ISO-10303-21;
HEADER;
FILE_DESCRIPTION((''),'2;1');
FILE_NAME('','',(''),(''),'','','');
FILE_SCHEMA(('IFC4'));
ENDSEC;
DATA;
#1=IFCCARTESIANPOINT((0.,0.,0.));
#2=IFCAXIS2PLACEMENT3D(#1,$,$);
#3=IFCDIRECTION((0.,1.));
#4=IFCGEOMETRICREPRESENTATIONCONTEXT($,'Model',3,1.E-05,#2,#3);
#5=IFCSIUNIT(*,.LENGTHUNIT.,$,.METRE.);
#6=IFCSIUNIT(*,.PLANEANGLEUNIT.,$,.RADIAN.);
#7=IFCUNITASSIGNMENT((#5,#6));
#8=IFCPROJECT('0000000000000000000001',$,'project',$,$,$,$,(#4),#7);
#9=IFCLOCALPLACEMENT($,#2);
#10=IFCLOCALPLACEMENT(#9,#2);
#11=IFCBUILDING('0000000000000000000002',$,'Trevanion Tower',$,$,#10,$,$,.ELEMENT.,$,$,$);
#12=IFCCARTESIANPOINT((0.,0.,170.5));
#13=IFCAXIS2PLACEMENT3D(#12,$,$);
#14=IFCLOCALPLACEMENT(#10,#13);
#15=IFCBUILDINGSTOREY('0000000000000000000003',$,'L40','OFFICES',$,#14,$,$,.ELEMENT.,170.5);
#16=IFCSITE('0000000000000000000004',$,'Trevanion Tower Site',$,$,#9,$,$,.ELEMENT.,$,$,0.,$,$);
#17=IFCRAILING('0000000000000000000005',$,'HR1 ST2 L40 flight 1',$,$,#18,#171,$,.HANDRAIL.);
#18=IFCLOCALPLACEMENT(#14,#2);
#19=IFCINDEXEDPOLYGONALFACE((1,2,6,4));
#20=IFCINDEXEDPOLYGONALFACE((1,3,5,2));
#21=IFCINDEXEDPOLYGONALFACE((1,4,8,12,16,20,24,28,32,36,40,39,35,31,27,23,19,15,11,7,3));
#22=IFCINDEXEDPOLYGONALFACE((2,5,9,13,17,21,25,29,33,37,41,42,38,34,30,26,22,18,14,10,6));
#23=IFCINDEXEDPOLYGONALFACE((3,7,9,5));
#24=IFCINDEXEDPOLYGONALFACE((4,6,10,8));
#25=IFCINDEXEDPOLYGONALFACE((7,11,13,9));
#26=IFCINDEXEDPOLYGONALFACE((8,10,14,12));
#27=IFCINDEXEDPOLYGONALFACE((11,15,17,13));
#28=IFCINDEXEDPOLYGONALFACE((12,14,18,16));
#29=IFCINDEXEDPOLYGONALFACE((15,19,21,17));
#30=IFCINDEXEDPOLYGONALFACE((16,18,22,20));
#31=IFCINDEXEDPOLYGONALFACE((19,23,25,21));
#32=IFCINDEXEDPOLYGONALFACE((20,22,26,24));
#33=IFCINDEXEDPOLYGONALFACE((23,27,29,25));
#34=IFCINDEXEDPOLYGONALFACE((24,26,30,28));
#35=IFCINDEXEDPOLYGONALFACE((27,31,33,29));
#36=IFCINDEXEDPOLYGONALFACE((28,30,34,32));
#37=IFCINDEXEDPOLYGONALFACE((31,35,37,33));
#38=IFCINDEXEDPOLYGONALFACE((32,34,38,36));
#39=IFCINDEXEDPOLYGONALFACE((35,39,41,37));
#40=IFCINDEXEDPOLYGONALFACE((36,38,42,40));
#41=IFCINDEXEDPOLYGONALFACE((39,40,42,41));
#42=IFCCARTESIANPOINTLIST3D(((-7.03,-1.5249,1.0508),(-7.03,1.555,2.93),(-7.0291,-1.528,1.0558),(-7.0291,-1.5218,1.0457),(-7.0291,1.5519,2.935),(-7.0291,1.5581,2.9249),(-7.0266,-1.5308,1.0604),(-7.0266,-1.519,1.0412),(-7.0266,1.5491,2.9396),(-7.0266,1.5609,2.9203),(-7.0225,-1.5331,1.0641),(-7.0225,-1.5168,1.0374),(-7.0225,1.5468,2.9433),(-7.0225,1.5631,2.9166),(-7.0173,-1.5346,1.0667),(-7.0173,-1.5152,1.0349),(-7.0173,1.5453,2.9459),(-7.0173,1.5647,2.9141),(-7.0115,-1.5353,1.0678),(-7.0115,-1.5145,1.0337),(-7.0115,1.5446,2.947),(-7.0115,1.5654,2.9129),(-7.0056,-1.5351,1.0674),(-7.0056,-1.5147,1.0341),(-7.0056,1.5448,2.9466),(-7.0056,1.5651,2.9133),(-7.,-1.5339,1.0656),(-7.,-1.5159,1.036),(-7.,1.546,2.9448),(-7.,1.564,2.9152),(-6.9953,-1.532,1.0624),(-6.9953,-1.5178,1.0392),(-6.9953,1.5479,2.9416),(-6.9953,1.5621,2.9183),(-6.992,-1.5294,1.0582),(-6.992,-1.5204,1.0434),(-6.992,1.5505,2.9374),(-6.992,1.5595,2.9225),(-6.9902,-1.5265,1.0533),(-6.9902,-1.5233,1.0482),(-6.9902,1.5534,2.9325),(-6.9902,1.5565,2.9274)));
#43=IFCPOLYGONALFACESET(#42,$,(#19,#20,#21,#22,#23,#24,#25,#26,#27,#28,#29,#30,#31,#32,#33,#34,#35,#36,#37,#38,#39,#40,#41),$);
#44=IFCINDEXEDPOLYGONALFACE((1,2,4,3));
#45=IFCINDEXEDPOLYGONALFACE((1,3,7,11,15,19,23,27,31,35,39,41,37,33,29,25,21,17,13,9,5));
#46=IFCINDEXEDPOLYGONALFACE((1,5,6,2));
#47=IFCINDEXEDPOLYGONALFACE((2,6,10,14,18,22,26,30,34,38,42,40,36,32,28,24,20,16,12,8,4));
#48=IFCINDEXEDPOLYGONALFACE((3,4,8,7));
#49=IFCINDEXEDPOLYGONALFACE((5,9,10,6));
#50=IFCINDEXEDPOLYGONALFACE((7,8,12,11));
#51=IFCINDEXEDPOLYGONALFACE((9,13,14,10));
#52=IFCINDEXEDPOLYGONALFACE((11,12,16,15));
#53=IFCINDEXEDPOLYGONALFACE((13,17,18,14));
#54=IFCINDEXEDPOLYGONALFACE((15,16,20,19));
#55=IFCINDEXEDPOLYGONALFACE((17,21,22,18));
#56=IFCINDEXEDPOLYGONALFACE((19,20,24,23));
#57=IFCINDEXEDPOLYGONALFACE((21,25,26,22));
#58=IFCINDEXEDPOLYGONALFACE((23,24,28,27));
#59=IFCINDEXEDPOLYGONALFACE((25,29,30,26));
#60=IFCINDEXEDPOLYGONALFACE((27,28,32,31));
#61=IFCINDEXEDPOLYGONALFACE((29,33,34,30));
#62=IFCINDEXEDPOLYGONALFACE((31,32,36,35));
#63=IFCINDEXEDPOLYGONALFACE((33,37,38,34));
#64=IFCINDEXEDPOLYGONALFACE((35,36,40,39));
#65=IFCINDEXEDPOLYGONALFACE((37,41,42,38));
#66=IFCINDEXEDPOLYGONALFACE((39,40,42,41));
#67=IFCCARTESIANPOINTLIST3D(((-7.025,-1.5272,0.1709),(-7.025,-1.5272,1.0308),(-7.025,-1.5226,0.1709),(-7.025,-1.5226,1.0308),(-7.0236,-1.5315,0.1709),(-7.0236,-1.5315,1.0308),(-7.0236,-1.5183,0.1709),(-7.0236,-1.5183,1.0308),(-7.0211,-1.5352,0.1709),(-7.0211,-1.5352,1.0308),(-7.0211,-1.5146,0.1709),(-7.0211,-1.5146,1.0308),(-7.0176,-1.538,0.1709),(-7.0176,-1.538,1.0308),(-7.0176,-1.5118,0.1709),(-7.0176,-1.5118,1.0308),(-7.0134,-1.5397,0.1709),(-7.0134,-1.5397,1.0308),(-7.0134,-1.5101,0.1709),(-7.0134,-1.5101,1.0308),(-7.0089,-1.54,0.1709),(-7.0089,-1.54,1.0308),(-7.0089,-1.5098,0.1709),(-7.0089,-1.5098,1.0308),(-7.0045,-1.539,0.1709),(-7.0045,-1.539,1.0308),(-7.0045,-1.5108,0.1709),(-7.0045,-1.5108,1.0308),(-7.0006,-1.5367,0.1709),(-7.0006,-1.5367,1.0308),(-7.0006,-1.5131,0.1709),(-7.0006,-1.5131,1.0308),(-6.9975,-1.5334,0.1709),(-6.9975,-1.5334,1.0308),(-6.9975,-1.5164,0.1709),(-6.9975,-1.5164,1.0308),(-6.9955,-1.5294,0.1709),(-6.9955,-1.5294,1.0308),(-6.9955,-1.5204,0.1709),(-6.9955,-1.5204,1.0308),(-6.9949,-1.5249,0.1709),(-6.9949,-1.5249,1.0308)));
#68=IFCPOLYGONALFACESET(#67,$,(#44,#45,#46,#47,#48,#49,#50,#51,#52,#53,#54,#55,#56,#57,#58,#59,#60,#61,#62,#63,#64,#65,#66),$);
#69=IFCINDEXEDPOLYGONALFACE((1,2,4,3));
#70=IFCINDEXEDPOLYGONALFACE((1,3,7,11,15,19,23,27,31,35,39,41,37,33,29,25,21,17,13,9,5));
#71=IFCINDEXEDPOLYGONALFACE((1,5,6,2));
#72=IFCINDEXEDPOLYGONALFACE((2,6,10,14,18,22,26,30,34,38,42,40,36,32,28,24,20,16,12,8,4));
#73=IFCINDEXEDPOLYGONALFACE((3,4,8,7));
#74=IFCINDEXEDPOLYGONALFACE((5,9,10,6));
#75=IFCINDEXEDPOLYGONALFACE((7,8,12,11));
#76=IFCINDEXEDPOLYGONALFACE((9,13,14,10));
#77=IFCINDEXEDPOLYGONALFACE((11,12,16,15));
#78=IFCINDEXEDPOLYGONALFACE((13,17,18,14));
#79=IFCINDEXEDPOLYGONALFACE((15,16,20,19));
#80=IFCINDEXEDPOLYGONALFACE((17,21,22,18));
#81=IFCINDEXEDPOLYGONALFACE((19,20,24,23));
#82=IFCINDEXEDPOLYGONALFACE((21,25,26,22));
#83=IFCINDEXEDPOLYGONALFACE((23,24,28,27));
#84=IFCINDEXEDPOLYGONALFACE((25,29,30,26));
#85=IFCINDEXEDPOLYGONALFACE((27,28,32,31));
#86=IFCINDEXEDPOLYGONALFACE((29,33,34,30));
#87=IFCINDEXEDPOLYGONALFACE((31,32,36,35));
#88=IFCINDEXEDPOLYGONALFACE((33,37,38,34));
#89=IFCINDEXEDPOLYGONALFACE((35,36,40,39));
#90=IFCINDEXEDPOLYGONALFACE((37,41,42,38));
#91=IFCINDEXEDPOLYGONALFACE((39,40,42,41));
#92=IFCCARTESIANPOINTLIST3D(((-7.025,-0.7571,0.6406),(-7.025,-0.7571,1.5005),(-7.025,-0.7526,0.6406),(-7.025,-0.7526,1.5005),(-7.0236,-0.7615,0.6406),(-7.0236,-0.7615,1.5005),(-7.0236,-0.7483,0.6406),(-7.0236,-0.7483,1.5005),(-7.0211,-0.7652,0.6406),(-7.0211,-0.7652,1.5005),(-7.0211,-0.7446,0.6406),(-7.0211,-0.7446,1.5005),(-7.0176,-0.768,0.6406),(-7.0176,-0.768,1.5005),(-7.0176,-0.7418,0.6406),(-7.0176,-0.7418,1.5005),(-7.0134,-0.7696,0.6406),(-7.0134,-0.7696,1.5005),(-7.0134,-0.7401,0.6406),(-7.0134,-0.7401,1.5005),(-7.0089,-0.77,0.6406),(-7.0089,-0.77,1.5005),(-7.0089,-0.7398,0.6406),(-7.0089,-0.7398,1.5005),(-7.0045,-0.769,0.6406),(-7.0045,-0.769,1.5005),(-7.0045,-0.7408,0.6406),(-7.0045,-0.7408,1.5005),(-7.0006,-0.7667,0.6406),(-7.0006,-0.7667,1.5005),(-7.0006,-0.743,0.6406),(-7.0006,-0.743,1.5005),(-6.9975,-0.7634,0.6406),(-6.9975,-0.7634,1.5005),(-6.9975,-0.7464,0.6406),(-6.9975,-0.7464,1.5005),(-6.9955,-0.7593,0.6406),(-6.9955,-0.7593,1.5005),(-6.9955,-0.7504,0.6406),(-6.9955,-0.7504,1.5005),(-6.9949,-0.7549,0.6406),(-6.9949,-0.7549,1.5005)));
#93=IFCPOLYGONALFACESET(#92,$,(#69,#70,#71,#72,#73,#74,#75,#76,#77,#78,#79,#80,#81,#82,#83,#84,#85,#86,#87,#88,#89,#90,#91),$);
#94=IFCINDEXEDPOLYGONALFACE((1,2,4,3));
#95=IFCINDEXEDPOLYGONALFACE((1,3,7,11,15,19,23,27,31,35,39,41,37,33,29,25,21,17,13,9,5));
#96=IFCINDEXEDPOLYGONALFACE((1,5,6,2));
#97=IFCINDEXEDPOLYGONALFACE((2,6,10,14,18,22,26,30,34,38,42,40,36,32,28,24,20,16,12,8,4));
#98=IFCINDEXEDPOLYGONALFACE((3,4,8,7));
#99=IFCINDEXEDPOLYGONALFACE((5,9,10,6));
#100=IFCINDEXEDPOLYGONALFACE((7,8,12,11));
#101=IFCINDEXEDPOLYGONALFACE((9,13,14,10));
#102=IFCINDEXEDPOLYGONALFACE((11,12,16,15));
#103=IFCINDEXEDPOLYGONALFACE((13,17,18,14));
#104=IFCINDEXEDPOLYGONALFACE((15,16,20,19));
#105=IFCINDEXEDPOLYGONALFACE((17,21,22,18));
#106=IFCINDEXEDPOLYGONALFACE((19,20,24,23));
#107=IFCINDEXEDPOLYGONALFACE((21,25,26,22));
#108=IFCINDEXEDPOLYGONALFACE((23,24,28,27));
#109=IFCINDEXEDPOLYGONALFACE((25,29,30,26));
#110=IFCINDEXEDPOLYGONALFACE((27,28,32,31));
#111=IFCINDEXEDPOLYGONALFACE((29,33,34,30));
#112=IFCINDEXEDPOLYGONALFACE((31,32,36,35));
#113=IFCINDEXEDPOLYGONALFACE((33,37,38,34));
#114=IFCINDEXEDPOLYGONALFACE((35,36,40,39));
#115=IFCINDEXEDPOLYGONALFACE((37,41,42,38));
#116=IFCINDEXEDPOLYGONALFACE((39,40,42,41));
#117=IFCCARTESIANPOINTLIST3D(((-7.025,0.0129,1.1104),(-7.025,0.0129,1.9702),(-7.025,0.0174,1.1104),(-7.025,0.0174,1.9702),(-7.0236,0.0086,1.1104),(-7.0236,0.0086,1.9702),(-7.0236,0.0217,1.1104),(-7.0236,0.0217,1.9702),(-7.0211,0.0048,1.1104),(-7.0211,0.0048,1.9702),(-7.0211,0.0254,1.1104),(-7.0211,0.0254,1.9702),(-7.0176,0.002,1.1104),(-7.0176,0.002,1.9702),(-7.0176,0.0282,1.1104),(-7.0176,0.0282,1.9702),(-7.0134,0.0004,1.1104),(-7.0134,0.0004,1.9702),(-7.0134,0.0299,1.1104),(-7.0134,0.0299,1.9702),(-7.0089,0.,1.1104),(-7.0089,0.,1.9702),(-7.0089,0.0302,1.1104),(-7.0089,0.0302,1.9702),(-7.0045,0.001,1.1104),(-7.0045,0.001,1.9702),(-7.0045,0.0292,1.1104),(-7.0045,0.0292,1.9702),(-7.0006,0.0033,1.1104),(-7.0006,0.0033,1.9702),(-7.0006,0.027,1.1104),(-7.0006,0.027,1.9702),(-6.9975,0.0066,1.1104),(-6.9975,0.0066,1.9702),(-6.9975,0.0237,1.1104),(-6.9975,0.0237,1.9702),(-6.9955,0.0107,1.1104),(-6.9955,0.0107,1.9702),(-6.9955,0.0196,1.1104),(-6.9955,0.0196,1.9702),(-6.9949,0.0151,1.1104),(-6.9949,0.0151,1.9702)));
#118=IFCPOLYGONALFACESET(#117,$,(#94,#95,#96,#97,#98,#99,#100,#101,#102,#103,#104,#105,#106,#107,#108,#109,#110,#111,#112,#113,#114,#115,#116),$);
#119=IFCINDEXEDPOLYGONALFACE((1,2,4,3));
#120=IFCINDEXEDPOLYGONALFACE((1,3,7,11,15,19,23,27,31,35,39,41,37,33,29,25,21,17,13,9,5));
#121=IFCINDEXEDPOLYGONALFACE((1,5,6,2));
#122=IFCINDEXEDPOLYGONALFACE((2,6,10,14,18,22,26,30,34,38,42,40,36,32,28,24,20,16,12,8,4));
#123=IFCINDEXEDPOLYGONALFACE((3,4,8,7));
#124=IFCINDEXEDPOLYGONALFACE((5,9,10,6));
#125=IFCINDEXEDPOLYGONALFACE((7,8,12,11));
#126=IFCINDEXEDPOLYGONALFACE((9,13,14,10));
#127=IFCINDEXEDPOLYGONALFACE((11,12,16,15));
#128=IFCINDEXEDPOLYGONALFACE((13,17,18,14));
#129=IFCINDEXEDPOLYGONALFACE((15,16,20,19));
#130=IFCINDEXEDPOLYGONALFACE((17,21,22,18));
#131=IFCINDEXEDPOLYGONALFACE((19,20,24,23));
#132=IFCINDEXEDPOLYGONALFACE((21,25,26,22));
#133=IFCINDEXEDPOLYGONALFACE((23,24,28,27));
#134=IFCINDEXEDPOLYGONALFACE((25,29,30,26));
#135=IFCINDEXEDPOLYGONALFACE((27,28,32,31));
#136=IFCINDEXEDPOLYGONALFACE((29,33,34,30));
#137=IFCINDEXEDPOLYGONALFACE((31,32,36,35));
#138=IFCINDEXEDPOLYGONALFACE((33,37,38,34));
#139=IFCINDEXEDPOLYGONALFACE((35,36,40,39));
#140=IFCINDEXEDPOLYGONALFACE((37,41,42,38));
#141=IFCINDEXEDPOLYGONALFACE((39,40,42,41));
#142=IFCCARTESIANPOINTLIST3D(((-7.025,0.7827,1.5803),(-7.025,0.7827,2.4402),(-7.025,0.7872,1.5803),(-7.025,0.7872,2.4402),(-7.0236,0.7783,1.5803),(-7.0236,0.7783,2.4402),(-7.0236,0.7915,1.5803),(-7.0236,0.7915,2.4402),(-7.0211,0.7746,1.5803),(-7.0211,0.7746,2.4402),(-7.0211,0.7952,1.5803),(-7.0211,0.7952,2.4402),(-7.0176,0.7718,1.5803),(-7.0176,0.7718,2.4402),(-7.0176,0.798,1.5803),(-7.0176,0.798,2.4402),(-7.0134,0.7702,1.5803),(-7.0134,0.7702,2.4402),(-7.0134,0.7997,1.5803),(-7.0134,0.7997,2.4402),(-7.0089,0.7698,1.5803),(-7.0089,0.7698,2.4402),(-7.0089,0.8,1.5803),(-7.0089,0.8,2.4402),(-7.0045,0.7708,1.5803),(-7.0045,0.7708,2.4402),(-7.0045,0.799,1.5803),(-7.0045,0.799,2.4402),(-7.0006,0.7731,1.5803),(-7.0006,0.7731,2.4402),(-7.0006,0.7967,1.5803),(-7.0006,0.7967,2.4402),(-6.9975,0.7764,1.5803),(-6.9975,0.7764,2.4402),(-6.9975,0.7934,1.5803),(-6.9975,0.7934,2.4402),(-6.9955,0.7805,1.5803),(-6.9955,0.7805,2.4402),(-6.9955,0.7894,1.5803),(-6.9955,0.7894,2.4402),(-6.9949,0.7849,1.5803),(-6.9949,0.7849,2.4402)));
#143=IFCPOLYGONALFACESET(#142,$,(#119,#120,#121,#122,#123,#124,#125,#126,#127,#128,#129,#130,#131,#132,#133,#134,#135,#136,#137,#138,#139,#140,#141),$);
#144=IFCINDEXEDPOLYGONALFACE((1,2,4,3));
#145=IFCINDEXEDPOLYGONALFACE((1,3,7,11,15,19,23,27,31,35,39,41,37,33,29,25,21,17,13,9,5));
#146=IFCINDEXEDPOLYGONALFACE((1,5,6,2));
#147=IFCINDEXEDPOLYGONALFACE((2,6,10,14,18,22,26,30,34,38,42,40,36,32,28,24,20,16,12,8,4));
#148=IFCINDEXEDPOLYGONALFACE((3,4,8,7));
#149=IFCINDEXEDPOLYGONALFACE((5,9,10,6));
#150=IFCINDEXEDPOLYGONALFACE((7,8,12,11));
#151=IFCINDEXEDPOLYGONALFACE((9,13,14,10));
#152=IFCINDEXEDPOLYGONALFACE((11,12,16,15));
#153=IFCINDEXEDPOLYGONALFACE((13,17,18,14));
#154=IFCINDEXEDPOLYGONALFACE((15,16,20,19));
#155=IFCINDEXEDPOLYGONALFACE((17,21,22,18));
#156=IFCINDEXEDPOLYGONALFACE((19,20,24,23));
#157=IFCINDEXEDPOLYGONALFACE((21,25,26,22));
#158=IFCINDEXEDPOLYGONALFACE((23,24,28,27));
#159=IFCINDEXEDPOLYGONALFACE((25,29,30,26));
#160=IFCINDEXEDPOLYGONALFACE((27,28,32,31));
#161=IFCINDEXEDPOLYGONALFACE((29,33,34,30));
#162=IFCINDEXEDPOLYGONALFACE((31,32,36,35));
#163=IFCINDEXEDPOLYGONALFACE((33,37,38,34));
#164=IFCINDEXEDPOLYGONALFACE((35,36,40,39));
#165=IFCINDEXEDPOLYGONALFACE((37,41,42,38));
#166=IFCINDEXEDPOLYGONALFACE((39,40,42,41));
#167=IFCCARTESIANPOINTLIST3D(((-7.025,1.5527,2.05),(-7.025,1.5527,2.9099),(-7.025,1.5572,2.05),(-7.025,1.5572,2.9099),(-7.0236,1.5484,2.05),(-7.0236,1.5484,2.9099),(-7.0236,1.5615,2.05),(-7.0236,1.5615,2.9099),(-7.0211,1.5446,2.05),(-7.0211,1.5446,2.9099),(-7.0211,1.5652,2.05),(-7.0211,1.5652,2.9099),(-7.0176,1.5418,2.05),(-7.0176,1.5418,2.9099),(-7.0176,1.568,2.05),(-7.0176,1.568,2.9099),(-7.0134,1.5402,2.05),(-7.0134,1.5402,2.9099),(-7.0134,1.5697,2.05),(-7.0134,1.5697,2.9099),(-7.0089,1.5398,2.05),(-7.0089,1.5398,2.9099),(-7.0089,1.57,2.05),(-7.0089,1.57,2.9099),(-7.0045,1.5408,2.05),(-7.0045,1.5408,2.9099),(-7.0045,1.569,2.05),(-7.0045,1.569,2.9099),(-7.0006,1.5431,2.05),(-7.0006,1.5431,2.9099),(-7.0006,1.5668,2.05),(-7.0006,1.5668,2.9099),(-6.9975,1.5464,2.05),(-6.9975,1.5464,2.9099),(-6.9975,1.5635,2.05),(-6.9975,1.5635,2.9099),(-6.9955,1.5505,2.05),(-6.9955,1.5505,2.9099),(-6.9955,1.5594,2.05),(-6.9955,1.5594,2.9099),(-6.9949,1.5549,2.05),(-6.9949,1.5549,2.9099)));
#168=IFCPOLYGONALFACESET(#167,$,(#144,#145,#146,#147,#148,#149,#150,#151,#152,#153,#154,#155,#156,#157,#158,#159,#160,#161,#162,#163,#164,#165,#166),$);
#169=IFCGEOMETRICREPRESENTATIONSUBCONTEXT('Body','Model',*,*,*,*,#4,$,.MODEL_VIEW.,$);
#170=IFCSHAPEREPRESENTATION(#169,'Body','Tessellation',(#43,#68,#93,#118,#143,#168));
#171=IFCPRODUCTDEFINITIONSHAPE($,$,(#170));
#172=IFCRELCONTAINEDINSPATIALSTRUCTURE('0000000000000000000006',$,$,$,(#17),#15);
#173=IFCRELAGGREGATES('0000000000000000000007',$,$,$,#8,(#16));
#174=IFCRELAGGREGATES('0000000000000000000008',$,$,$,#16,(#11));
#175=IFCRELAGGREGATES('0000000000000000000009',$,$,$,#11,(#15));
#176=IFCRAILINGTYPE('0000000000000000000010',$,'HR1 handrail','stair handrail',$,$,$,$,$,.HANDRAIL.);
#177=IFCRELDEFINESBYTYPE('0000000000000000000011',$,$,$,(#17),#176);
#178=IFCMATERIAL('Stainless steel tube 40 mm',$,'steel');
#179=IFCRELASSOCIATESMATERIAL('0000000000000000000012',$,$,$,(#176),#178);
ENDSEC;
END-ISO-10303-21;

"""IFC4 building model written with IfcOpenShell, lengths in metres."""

from ifc_helpers import new_model, si_unit, direction, frame, origin, origin_2d, place, context, subcontext, project, spatial, circle, extrude, material, type_object, element, save


model = new_model("IFC4")

# Units and contexts
model_context = context("Model", 3, precision=1e-05, world=origin(), true_north=direction((0.0, 1.0)))
body_context = subcontext(model_context, "Body", "Model", "MODEL_VIEW")
ifc_project = project(units=[si_unit("LENGTHUNIT", "METRE"), si_unit("PLANEANGLEUNIT", "RADIAN")], contexts=[model_context])

# Site, building, storey
site_placement = place(None, origin())
site = spatial("IfcSite", under=ifc_project, at=site_placement, Name="Trevanion Tower Site", CompositionType="ELEMENT", RefElevation=0.0)
building_placement = place(site_placement, origin())
building = spatial("IfcBuilding", under=site, at=building_placement, Name="Trevanion Tower", CompositionType="ELEMENT")
storey_placement = place(building_placement, frame((0.0, 0.0, 170.5)))
storey = spatial("IfcBuildingStorey", under=building, at=storey_placement, Name="L40", Description="OFFICES", CompositionType="ELEMENT", Elevation=170.5)

# Railing
ifc_material_1 = material(Name="Stainless steel tube 40 mm", Category="steel")
railing_type = type_object("IfcRailingType", Name="HR1 handrail", Description="stair handrail", PredefinedType="HANDRAIL", material=ifc_material_1)
for number, where, name in (
    (1, (-7.01, -1.5249, 0.1709), "HR1 ST2 L40 flight 1"),
):
    element("IfcRailing", number, at=place(storey_placement, frame(where)), inside=storey, type_object=railing_type, Name=name, PredefinedType="HANDRAIL", context=body_context, shape_type="SweptSolid", body=[
        extrude(circle(Radius=0.02, at=origin_2d()), frame((0.0, 0.0, 0.8799), z_axis=(0.0, 0.853648, 0.52085), x_axis=(-1.0, 0.0, 0.0)), (0.0, 0.0, 1.0), 3.6079),
        extrude(circle(Radius=0.0151, at=origin_2d()), origin(), (0.0, 0.0, 1.0), 0.8599),
        extrude(circle(Radius=0.0151, at=origin_2d()), frame((0.0, 0.77, 0.4697)), (0.0, 0.0, 1.0), 0.8599),
        extrude(circle(Radius=0.0151, at=origin_2d()), frame((0.0, 1.54, 0.9395)), (0.0, 0.0, 1.0), 0.8599),
        extrude(circle(Radius=0.0151, at=origin_2d()), frame((0.0, 2.3098, 1.4094)), (0.0, 0.0, 1.0), 0.8599),
        extrude(circle(Radius=0.0151, at=origin_2d()), frame((0.0, 3.0798, 1.8792)), (0.0, 0.0, 1.0), 0.8599),
    ])

save(model, "model.ifc")
